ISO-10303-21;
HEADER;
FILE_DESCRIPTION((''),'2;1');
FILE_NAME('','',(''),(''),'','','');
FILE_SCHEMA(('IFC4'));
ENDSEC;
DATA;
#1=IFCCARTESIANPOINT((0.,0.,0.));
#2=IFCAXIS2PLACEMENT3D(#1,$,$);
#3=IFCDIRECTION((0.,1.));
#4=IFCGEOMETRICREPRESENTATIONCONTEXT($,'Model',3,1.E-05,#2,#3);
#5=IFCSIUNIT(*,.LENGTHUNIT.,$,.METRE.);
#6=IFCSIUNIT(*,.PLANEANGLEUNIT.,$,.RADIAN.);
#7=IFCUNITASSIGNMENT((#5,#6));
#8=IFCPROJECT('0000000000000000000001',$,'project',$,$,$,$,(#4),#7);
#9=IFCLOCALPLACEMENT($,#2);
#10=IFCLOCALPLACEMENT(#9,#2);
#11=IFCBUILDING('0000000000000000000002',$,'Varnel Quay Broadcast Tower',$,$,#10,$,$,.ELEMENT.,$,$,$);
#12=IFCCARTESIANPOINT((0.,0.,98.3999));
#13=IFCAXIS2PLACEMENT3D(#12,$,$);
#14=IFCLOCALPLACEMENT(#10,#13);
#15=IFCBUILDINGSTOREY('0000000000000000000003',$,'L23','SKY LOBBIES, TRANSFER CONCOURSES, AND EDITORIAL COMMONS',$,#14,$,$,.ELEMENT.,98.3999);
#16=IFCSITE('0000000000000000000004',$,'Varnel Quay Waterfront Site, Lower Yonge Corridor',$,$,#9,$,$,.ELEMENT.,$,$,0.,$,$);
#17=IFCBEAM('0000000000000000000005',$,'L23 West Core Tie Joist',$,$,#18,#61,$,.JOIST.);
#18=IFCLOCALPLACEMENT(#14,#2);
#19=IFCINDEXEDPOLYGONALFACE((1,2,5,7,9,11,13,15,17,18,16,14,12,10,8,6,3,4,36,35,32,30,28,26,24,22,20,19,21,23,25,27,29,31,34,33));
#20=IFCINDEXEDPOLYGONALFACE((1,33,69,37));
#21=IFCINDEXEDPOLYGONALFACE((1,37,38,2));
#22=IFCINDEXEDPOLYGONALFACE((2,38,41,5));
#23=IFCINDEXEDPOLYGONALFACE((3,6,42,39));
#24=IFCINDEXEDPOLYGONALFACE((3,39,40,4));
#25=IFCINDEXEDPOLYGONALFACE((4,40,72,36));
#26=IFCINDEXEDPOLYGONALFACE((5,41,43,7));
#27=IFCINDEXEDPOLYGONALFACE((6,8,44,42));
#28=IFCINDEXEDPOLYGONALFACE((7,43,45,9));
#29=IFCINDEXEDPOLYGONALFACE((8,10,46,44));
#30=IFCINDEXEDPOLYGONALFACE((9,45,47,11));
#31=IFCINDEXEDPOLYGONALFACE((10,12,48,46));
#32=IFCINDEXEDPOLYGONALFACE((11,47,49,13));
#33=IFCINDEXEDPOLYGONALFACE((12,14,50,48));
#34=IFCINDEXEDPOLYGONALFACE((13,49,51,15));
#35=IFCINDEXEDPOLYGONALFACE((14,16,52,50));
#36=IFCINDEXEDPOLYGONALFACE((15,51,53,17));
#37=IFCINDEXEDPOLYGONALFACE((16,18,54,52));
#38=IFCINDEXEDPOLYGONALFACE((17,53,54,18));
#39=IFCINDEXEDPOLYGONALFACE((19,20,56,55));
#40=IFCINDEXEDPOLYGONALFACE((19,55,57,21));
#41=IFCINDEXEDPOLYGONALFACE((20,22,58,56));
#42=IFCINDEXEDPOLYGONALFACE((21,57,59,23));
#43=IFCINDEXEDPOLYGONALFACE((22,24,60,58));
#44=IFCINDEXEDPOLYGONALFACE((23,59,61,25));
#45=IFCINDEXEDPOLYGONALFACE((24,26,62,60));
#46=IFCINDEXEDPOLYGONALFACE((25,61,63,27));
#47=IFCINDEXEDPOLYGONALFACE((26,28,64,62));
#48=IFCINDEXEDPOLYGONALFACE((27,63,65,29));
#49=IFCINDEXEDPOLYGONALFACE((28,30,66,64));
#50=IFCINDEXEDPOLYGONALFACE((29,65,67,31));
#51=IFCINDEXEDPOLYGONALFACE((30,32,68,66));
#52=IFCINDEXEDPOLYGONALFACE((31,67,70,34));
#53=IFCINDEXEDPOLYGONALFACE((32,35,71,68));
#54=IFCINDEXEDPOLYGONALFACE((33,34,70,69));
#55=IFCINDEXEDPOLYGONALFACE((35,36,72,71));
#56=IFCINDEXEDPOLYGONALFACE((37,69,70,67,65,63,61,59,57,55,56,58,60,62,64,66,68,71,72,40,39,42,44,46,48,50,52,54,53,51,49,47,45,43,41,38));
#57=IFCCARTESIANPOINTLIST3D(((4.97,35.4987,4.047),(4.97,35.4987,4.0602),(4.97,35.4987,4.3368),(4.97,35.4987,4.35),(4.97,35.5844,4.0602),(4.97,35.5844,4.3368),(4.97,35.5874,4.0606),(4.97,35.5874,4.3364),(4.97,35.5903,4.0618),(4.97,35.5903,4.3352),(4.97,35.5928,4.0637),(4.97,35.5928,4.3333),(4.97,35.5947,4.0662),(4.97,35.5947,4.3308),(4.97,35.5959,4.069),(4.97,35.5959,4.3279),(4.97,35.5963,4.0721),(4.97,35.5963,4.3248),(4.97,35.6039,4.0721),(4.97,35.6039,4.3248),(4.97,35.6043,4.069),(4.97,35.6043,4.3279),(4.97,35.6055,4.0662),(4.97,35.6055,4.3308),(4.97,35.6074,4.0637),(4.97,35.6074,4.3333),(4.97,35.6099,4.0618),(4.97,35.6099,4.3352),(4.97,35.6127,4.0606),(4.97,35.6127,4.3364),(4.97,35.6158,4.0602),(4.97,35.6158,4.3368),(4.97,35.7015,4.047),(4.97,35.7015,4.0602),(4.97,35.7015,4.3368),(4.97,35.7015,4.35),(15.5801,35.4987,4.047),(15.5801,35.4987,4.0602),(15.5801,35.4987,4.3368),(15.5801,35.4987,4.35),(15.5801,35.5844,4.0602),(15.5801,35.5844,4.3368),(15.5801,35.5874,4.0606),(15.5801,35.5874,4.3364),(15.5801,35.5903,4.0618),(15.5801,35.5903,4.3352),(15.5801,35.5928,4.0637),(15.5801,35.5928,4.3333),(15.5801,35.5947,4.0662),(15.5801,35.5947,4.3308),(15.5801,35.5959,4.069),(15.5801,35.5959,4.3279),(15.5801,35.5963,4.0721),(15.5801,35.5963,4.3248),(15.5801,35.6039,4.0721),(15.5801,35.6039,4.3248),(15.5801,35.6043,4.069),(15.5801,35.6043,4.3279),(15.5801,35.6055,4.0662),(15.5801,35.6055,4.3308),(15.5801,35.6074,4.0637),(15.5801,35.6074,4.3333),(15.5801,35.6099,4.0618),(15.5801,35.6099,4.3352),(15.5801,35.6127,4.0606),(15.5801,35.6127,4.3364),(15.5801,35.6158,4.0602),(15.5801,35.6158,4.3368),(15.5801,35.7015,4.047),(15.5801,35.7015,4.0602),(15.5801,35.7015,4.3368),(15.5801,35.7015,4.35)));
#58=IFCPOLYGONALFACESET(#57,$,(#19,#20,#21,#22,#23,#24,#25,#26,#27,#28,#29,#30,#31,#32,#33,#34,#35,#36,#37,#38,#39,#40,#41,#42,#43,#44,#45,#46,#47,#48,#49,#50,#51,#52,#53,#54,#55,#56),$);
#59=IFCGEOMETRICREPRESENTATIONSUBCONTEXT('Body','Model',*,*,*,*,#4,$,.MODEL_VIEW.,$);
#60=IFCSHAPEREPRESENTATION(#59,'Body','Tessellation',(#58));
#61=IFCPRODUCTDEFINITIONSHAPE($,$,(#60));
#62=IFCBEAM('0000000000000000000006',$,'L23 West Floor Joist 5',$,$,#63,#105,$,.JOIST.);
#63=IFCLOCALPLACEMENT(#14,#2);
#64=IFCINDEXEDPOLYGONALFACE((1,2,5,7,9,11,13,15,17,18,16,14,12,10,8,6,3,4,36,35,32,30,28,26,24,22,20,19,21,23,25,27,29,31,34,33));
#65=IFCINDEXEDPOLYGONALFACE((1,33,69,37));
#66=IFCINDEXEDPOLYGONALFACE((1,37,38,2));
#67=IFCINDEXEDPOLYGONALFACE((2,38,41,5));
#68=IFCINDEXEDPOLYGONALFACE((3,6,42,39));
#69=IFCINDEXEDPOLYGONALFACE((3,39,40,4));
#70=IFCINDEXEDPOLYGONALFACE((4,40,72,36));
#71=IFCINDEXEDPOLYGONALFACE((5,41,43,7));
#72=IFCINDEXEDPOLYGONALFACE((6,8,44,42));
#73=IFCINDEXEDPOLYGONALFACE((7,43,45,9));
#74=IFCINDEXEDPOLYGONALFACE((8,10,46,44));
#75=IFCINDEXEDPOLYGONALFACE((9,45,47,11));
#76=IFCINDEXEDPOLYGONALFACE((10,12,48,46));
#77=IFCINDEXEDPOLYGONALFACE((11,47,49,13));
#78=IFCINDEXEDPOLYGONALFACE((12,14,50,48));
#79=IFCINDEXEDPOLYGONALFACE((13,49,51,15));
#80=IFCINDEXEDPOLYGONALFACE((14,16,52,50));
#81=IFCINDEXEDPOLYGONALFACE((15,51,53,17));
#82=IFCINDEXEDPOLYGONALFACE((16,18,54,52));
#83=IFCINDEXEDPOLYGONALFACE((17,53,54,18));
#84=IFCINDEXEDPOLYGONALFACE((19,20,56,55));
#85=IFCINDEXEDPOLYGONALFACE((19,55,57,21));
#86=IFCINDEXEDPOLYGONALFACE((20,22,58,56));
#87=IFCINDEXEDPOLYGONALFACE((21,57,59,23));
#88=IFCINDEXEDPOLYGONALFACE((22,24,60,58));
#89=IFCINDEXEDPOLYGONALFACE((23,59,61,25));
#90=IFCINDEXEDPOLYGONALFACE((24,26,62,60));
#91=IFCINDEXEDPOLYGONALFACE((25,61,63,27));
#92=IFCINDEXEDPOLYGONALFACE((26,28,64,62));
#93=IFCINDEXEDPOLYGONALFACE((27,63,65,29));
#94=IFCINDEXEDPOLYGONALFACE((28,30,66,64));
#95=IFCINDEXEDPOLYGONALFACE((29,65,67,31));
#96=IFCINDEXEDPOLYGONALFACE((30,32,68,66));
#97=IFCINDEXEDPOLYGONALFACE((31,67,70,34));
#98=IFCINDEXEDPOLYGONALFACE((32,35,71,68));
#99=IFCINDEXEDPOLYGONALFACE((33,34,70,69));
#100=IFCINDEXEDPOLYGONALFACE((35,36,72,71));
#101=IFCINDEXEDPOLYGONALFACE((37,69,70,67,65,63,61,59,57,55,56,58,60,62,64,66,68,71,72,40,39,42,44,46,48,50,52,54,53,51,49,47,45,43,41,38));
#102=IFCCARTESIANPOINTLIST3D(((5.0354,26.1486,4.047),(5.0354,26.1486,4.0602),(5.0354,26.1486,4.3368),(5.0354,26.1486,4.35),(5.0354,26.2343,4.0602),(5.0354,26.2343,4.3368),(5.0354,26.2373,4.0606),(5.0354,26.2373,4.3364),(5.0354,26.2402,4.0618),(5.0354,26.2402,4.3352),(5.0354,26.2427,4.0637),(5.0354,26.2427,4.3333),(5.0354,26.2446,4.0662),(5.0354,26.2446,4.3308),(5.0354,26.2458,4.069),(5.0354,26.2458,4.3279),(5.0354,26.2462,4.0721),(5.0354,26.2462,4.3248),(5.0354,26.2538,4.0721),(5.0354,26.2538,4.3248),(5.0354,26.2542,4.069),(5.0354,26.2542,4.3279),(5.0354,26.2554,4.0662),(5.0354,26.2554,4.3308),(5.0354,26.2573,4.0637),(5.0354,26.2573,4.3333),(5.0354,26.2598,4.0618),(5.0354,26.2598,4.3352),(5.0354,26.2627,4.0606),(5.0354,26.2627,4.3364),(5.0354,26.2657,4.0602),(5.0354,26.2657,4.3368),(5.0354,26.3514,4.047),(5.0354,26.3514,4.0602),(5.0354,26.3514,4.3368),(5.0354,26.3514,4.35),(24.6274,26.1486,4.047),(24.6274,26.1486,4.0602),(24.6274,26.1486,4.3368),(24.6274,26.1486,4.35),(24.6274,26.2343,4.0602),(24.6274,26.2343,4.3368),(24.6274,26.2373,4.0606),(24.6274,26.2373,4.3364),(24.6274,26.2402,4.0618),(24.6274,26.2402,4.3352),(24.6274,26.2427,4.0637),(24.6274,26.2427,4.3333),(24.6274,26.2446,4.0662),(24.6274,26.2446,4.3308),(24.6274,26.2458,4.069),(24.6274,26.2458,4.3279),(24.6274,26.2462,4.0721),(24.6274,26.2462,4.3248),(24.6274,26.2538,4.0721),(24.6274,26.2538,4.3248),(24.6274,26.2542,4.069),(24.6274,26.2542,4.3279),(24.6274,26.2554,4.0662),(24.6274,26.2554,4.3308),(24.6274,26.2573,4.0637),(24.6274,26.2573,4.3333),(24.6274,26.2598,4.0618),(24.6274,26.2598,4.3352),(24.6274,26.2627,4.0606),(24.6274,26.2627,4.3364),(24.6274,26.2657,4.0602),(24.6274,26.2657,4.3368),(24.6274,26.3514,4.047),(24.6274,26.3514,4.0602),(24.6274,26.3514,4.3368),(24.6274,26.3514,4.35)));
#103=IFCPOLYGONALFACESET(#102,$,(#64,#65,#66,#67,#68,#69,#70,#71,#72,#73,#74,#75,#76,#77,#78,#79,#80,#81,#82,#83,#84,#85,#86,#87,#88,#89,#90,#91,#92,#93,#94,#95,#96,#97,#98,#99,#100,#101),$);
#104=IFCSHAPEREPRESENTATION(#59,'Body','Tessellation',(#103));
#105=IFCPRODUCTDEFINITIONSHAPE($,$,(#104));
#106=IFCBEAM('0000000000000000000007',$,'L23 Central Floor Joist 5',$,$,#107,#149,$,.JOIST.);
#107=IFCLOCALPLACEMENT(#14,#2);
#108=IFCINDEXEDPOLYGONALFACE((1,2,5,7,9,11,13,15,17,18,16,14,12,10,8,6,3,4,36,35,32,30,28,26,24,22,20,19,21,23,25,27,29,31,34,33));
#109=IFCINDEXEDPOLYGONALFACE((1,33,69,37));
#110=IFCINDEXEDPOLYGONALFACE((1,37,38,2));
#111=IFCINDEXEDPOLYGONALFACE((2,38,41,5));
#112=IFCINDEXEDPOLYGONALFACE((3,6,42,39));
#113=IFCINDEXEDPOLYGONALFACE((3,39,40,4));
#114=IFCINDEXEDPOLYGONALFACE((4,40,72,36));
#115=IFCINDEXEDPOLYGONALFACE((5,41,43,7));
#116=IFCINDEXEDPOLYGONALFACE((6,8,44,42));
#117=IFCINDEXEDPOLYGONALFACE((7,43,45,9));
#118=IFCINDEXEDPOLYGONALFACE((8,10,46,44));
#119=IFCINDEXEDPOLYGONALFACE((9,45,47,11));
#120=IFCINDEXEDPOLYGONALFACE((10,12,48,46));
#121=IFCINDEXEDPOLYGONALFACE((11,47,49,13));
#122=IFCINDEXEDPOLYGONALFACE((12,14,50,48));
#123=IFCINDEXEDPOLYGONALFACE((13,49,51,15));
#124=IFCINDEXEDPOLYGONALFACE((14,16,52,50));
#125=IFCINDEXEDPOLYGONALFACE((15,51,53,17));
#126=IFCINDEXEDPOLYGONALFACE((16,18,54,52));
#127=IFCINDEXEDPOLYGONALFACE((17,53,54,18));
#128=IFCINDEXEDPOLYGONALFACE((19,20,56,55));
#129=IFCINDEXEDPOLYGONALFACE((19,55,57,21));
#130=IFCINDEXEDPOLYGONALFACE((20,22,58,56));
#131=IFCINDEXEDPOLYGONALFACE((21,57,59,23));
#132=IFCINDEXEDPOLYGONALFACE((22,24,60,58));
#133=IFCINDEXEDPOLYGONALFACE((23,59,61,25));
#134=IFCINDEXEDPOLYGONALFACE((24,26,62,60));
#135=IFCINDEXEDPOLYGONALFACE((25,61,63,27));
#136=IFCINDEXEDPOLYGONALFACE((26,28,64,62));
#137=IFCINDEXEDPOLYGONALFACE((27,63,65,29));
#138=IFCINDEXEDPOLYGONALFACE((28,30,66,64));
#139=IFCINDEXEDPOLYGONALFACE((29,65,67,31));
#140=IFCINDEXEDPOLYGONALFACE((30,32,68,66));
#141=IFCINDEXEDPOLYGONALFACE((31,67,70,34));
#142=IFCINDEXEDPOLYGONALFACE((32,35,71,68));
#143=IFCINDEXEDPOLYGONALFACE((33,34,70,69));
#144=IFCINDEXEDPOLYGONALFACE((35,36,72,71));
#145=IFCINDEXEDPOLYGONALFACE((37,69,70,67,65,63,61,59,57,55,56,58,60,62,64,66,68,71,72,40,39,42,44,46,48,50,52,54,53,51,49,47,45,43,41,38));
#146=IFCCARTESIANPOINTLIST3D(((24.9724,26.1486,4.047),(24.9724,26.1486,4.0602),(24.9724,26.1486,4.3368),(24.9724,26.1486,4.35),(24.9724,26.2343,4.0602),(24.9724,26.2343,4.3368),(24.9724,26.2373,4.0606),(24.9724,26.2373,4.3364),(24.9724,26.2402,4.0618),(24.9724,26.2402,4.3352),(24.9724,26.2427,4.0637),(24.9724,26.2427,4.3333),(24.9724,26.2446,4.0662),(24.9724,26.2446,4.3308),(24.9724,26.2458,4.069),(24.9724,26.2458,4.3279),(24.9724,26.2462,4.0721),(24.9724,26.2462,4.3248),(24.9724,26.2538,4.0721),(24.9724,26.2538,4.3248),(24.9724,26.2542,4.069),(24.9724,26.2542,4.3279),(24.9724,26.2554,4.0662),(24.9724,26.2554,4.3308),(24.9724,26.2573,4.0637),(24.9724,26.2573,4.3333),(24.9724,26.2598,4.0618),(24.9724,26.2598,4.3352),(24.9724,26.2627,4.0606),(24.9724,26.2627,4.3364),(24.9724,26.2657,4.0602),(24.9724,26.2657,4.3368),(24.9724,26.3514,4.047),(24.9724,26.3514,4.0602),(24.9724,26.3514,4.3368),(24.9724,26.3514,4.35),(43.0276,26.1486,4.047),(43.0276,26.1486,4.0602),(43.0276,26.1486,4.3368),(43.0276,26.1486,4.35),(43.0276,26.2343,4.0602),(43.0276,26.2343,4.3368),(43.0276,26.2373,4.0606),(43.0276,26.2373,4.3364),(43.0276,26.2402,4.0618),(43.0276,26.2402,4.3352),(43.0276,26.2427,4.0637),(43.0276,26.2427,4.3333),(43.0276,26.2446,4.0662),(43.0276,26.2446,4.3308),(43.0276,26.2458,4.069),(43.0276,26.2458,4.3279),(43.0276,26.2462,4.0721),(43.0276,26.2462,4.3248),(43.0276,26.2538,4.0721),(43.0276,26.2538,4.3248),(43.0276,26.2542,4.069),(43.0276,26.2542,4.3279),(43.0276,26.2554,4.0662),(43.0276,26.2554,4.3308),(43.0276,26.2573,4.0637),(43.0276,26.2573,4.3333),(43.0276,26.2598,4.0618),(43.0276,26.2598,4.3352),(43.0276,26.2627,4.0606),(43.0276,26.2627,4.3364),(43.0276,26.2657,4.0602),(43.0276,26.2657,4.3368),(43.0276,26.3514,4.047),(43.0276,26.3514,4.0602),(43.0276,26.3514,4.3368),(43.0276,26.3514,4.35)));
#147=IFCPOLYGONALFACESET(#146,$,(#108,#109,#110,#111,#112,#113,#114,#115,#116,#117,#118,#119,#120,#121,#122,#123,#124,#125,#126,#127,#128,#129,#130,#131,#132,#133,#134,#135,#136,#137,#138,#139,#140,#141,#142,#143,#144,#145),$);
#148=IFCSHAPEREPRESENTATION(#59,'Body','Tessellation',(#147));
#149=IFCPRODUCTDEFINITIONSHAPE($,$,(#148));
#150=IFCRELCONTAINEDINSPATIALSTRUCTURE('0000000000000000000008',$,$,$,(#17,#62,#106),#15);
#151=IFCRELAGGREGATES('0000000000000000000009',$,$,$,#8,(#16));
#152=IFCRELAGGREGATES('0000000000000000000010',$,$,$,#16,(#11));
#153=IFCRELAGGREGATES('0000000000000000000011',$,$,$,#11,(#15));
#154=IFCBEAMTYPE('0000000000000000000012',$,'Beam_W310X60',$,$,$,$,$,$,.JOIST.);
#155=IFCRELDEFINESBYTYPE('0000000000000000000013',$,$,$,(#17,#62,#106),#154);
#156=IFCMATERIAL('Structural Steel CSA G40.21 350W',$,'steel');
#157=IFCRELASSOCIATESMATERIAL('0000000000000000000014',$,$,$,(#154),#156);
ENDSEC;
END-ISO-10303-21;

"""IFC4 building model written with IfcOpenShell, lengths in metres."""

from ifc_helpers import new_model, si_unit, direction, frame, origin, origin_2d, place, context, subcontext, project, spatial, i_section, extrude, source, transform, mapped, material, material_profile, profile_set, type_object, type_shapes, element, save


model = new_model("IFC4")

# Units and contexts
model_context = context("Model", 3, precision=1e-05, world=origin(), true_north=direction((0.0, 1.0)))
body_context = subcontext(model_context, "Body", "Model", "MODEL_VIEW")
ifc_project = project(units=[si_unit("LENGTHUNIT", "METRE"), si_unit("PLANEANGLEUNIT", "RADIAN")], contexts=[model_context])

# Site, building, storey
site_placement = place(None, origin())
site = spatial("IfcSite", under=ifc_project, at=site_placement, Name="Varnel Quay Waterfront Site, Lower Yonge Corridor", CompositionType="ELEMENT", RefElevation=0.0)
building_placement = place(site_placement, origin())
building = spatial("IfcBuilding", under=site, at=building_placement, Name="Varnel Quay Broadcast Tower", CompositionType="ELEMENT")
storey_placement = place(building_placement, frame((0.0, 0.0, 98.3999)))
storey = spatial("IfcBuildingStorey", under=building, at=storey_placement, Name="L23", Description="SKY LOBBIES, TRANSFER CONCOURSES, AND EDITORIAL COMMONS", CompositionType="ELEMENT", Elevation=98.3999)

# Shared definitions
ifc_material_1 = material(Name="Structural Steel CSA G40.21 350W", Category="steel")

# Beams
ifc_material_profile_1 = material_profile(ifc_material_1, i_section(OverallWidth=0.2029, OverallDepth=0.303, WebThickness=0.0076, FlangeThickness=0.0132, FilletRadius=0.012, at=origin_2d()), Name="W310X60")
ifc_profile_set_1 = profile_set([ifc_material_profile_1], Name="Structural Steel CSA G40.21 350W")
beam_type_1 = type_object("IfcBeamType", Name="Beam_W310X60", PredefinedType="JOIST", material=ifc_profile_set_1)
shared_shape_1 = source(origin(), body_context, "Body", "SweptSolid", [
    extrude(i_section(OverallWidth=0.2029, OverallDepth=0.303, WebThickness=0.0076, FlangeThickness=0.0132, FilletRadius=0.012, at=origin_2d()), origin(), (0.0, 0.0, 1.0), 10.6101),
])
beam_1_placement = place(storey_placement, frame((4.97, 35.6001, 4.1985), z_axis=(1.0, 0.0, 0.0), x_axis=(0.0, 1.0, 0.0)))
element("IfcBeam", 1, at=beam_1_placement, inside=storey, type_object=beam_type_1, Name="L23 West Core Tie Joist", PredefinedType="JOIST", context=body_context, shape_type="MappedRepresentation", body=[
    mapped(shared_shape_1, transform((0.0, 0.0, 0.0), x_axis=(1.0, 0.0, 0.0), y_axis=(0.0, 1.0, 0.0), z_axis=(0.0, 0.0, 1.0), scale=1.0)),
])
shared_shape_2 = source(origin(), body_context, "Body", "SweptSolid", [
    extrude(i_section(OverallWidth=0.2029, OverallDepth=0.303, WebThickness=0.0076, FlangeThickness=0.0132, FilletRadius=0.012, at=origin_2d()), origin(), (0.0, 0.0, 1.0), 19.592),
])
beam_2_placement = place(storey_placement, frame((5.0354, 26.25, 4.1985), z_axis=(1.0, 0.0, 0.0), x_axis=(0.0, 1.0, 0.0)))
element("IfcBeam", 2, at=beam_2_placement, inside=storey, type_object=beam_type_1, Name="L23 West Floor Joist 5", PredefinedType="JOIST", context=body_context, shape_type="MappedRepresentation", body=[
    mapped(shared_shape_2, transform((0.0, 0.0, 0.0), x_axis=(1.0, 0.0, 0.0), y_axis=(0.0, 1.0, 0.0), z_axis=(0.0, 0.0, 1.0), scale=1.0)),
])
shared_shape_3 = source(origin(), body_context, "Body", "SweptSolid", [
    extrude(i_section(OverallWidth=0.2029, OverallDepth=0.303, WebThickness=0.0076, FlangeThickness=0.0132, FilletRadius=0.012, at=origin_2d()), origin(), (0.0, 0.0, 1.0), 18.0552),
])
type_shapes(beam_type_1, [shared_shape_1, shared_shape_2, shared_shape_3])
beam_3_placement = place(storey_placement, frame((24.9724, 26.25, 4.1985), z_axis=(1.0, 0.0, 0.0), x_axis=(0.0, 1.0, 0.0)))
element("IfcBeam", 3, at=beam_3_placement, inside=storey, type_object=beam_type_1, Name="L23 Central Floor Joist 5", PredefinedType="JOIST", context=body_context, shape_type="MappedRepresentation", body=[
    mapped(shared_shape_3, transform((0.0, 0.0, 0.0), x_axis=(1.0, 0.0, 0.0), y_axis=(0.0, 1.0, 0.0), z_axis=(0.0, 0.0, 1.0), scale=1.0)),
])

save(model, "model.ifc")
